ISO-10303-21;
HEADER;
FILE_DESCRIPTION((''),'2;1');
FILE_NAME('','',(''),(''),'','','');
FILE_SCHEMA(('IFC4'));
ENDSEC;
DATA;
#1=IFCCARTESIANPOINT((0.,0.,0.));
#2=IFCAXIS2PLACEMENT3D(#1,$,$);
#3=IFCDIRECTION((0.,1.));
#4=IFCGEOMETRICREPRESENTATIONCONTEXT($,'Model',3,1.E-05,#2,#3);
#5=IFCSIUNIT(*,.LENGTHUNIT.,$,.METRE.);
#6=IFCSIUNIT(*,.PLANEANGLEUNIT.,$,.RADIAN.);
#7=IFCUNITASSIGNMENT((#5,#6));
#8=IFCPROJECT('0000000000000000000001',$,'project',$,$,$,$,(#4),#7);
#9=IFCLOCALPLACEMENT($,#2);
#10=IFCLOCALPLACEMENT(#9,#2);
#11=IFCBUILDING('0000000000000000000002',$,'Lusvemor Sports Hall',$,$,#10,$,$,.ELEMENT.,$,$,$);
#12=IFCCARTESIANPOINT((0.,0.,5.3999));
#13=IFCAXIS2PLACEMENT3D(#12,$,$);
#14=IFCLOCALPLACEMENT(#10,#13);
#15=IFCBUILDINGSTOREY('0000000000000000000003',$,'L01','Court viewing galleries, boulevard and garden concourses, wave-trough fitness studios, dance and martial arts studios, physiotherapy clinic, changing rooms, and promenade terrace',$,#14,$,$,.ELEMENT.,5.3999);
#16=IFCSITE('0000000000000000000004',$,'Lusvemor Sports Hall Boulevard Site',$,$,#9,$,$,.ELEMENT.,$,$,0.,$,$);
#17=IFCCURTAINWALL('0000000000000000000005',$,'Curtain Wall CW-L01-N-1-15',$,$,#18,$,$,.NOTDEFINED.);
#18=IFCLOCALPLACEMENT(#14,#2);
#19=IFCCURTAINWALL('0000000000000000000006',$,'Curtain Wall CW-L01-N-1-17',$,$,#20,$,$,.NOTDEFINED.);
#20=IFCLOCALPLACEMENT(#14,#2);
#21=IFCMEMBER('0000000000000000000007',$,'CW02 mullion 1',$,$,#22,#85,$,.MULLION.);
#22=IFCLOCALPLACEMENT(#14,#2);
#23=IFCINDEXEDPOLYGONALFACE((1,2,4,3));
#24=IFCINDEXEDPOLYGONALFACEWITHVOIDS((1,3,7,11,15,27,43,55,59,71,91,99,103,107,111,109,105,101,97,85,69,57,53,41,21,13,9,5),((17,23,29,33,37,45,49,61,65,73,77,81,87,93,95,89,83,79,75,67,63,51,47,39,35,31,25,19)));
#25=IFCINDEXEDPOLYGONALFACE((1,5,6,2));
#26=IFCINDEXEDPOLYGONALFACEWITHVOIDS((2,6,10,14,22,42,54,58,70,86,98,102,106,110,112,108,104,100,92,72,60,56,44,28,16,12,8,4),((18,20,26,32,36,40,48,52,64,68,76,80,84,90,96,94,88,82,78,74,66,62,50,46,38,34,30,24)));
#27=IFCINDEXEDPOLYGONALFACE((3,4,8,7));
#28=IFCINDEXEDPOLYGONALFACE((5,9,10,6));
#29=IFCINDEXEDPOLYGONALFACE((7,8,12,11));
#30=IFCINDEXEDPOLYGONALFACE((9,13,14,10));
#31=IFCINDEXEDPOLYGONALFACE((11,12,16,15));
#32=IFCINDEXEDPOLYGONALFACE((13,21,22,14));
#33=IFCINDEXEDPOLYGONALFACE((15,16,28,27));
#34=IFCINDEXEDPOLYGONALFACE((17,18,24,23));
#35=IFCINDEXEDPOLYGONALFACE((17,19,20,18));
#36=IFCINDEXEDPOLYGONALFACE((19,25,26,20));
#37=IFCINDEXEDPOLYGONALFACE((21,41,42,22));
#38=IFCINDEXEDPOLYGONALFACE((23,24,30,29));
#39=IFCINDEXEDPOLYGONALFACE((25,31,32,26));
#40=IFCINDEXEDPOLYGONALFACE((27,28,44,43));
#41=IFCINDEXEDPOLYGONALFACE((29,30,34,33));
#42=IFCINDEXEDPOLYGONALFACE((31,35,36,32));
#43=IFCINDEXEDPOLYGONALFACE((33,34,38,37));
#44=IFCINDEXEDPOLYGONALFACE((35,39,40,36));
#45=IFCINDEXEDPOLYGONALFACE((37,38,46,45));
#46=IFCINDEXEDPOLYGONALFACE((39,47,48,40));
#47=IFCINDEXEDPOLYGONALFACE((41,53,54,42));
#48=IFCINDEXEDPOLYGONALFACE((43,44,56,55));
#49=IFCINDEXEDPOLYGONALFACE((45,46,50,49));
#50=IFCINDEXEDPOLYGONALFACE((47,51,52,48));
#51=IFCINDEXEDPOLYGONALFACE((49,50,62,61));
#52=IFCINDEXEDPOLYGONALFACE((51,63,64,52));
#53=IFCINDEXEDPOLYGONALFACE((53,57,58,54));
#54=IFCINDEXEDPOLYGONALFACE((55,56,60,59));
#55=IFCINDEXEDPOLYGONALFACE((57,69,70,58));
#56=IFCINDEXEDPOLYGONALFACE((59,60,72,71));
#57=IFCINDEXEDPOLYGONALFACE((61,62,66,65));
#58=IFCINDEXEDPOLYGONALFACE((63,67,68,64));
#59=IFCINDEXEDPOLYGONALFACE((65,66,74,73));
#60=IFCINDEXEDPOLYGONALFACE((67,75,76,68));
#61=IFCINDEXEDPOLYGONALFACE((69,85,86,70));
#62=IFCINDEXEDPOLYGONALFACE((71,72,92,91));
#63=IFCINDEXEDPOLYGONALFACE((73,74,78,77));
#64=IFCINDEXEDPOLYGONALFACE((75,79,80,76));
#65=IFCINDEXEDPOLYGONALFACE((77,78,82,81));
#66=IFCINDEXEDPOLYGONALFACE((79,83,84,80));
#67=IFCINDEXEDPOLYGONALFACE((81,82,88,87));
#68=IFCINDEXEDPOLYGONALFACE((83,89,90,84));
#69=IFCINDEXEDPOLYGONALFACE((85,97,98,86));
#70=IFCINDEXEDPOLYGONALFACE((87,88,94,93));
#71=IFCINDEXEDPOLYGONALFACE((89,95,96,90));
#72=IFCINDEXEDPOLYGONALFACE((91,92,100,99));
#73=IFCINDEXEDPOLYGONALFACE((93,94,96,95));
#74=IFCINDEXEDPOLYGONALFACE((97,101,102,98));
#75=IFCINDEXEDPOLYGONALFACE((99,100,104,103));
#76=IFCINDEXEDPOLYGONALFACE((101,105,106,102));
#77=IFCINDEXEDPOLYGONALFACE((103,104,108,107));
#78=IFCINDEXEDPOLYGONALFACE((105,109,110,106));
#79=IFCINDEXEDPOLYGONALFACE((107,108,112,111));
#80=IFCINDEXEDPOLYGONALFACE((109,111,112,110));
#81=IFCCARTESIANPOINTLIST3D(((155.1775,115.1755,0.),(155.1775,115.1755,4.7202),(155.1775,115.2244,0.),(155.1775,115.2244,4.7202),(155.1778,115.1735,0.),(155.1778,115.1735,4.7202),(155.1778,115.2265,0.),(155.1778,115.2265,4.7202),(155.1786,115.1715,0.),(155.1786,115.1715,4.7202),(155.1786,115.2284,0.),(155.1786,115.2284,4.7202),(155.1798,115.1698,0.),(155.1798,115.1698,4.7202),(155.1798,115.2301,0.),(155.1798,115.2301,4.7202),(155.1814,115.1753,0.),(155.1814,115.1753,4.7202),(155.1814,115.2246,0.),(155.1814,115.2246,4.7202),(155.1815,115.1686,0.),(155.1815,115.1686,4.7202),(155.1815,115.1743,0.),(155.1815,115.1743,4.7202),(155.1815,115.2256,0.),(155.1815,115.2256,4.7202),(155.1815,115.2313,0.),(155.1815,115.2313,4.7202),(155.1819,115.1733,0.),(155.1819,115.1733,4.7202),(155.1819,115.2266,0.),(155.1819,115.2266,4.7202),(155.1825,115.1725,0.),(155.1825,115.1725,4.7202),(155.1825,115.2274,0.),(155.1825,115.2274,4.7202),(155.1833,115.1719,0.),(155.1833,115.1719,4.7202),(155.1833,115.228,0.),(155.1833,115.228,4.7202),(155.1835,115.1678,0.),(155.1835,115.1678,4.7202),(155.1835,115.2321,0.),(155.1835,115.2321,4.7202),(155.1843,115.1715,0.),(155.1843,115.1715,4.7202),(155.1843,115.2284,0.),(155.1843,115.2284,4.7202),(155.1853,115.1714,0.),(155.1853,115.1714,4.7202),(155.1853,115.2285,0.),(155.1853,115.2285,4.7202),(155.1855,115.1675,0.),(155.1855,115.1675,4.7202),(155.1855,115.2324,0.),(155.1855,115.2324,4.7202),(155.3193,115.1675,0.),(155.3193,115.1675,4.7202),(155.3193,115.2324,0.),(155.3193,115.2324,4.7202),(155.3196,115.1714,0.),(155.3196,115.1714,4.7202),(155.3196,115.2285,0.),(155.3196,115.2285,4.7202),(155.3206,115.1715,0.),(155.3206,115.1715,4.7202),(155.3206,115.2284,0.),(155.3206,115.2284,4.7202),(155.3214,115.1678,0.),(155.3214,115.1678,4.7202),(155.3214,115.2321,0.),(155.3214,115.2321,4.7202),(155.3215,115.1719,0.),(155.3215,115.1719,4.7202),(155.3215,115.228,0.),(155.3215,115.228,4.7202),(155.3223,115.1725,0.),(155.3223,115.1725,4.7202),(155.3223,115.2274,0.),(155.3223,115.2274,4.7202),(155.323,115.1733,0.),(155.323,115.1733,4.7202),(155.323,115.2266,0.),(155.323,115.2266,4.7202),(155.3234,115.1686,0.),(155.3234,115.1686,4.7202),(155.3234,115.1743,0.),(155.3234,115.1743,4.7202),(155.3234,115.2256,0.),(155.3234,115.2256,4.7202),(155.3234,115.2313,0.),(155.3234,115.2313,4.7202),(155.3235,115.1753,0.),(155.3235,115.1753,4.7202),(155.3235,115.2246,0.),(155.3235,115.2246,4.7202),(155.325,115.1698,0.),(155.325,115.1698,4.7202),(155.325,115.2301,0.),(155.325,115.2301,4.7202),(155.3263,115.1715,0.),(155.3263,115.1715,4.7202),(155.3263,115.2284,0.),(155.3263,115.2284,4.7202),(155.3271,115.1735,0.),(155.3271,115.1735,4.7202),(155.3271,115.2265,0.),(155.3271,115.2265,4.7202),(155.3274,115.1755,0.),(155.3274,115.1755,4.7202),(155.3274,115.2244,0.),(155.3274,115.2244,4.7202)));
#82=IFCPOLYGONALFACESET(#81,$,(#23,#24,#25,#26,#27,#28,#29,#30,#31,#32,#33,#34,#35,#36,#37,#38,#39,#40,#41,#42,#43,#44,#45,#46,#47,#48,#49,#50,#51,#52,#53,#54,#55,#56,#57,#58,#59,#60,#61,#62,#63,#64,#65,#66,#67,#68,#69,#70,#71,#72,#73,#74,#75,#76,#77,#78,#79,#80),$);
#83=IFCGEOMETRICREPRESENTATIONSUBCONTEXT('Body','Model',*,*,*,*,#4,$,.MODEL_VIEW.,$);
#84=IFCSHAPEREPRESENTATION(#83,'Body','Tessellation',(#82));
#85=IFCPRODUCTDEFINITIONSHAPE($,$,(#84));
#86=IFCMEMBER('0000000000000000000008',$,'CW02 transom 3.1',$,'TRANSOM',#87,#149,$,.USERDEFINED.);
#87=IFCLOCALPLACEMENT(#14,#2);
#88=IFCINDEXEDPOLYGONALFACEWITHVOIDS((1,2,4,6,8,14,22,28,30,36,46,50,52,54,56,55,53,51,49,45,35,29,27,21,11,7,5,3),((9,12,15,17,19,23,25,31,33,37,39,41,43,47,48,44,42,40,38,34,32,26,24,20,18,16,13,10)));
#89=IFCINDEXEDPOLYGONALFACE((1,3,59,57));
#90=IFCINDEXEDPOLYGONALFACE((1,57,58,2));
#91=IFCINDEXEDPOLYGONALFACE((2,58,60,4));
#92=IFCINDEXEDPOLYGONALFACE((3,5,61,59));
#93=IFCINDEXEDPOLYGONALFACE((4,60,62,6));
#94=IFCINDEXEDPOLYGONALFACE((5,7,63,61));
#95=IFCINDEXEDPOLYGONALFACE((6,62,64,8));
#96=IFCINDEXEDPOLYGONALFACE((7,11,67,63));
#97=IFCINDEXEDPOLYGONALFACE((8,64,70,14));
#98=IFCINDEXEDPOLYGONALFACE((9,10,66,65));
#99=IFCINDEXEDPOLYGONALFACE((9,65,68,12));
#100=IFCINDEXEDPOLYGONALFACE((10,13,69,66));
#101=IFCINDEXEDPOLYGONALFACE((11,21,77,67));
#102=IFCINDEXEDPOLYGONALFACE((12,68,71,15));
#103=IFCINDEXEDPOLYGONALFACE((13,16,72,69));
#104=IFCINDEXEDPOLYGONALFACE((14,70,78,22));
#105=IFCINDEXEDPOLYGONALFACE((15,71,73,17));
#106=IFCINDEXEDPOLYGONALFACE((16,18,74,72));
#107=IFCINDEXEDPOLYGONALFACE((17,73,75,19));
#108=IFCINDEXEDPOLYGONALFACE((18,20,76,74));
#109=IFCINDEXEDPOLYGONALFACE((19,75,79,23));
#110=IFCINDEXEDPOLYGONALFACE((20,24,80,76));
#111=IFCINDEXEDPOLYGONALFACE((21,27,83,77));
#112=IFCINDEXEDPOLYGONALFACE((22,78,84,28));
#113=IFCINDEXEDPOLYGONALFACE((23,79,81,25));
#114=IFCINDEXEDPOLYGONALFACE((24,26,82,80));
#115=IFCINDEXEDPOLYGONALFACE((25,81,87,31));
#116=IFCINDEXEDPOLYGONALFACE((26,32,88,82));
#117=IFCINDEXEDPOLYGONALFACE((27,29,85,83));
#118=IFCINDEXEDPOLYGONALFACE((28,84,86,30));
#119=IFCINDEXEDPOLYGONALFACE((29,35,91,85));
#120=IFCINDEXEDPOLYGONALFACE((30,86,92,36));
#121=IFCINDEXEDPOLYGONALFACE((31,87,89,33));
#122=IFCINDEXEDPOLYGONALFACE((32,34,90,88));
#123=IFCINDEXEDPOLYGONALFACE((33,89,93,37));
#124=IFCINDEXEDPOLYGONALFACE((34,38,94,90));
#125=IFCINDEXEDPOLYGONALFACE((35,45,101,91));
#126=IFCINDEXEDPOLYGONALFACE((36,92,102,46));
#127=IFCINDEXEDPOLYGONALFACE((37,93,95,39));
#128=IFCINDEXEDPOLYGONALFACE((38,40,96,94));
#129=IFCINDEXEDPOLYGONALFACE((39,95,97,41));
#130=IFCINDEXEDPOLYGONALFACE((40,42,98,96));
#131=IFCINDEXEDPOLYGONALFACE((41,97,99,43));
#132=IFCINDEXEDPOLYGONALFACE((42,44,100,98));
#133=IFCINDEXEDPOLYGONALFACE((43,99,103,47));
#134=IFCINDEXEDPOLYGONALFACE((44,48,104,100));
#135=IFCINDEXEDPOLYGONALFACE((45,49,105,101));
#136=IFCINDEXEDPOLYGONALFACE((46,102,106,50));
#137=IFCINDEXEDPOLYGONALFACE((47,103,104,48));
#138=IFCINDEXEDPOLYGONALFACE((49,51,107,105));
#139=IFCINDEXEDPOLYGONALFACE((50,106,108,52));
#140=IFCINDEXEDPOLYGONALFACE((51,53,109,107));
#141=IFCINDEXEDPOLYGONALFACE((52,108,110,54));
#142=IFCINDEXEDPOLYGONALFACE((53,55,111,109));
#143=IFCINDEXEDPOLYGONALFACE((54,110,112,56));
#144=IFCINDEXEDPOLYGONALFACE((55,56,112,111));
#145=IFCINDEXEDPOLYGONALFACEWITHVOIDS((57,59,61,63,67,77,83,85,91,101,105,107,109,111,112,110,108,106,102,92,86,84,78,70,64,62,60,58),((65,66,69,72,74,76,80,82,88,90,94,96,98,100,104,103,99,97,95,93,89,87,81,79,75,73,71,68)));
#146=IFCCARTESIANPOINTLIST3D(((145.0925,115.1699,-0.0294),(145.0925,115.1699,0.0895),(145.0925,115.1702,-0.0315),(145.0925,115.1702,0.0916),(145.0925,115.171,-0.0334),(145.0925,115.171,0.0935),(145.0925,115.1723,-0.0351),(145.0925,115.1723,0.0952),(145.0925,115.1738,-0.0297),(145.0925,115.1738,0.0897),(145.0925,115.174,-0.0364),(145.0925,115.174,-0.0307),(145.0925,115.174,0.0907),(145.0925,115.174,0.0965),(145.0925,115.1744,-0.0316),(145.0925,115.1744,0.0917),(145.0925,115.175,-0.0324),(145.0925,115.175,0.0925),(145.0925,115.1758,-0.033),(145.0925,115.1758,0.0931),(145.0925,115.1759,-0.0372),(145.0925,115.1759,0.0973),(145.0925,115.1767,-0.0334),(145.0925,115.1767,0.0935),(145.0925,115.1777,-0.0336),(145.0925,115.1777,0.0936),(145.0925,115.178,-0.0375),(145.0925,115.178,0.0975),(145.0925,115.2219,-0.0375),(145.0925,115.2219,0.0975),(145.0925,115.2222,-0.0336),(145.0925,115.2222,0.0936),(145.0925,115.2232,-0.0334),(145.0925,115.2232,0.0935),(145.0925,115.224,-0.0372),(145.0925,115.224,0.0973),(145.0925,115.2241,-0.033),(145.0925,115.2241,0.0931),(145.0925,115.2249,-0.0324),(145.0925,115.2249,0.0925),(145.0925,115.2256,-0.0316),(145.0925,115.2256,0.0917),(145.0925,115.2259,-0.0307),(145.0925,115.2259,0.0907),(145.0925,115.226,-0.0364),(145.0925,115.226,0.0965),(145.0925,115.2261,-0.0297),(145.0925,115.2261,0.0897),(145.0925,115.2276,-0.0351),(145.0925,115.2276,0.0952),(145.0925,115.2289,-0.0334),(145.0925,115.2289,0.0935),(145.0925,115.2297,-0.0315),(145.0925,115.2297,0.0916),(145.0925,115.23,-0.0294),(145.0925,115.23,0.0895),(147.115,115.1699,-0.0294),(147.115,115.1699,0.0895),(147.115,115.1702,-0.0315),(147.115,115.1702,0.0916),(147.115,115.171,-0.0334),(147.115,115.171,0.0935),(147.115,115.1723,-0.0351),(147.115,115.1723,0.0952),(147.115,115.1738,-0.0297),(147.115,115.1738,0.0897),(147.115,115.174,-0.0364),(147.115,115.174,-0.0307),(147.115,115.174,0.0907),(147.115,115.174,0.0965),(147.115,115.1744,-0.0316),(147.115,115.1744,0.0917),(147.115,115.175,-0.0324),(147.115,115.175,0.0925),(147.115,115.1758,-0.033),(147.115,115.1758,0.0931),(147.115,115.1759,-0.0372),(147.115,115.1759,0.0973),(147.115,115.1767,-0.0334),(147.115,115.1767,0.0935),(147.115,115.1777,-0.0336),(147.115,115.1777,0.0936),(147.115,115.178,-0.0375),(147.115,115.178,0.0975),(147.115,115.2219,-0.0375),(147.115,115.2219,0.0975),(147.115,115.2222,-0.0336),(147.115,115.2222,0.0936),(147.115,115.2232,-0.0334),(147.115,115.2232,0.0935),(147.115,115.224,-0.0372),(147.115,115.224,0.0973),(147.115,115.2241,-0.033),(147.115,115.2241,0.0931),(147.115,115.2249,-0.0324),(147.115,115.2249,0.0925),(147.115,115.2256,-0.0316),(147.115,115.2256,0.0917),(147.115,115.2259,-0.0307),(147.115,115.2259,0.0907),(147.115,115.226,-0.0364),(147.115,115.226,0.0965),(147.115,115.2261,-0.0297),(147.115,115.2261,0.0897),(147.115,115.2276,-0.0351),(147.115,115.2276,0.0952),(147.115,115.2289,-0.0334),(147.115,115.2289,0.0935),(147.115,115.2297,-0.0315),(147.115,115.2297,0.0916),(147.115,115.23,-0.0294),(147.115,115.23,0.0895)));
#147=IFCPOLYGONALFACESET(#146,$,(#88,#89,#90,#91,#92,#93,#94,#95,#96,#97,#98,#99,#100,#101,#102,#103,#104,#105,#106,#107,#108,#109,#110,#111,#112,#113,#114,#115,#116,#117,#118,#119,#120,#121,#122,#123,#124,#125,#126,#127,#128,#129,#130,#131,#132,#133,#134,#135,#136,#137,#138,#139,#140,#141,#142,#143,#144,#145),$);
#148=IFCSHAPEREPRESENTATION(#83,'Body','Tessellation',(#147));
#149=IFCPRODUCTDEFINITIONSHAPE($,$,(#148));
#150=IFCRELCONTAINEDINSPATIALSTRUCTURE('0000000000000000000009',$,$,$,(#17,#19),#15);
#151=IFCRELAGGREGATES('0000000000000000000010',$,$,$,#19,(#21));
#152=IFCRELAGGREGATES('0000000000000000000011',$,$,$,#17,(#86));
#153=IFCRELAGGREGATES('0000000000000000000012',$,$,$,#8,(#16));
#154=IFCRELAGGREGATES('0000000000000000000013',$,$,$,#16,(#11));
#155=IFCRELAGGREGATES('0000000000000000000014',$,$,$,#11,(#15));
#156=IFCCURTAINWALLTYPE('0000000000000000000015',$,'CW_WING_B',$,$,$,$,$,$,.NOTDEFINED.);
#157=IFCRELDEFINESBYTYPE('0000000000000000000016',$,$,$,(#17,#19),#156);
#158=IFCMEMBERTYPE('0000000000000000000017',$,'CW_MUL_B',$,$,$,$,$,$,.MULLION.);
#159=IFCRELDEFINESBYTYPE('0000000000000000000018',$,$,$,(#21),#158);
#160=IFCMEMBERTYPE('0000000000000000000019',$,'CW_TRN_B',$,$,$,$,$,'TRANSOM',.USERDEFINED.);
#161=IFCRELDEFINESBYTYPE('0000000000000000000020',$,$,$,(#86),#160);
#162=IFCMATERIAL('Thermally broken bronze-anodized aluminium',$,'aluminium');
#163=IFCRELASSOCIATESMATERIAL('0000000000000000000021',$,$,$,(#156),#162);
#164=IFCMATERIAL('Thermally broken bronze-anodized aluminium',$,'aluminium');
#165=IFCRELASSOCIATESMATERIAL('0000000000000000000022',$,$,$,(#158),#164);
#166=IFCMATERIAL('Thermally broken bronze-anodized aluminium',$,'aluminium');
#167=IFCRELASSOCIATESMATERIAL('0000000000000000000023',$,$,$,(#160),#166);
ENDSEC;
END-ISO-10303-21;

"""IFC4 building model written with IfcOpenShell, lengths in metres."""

from ifc_helpers import new_model, si_unit, direction, frame, origin, origin_2d, place, context, subcontext, project, spatial, hollow_rectangle, extrude, material, material_profile, profile_set, type_object, element, aggregate, save


model = new_model("IFC4")

# Units and contexts
model_context = context("Model", 3, precision=1e-05, world=origin(), true_north=direction((0.0, 1.0)))
body_context = subcontext(model_context, "Body", "Model", "MODEL_VIEW")
ifc_project = project(units=[si_unit("LENGTHUNIT", "METRE"), si_unit("PLANEANGLEUNIT", "RADIAN")], contexts=[model_context])

# Site, building, storey
site_placement = place(None, origin())
site = spatial("IfcSite", under=ifc_project, at=site_placement, Name="Lusvemor Sports Hall Boulevard Site", CompositionType="ELEMENT", RefElevation=0.0)
building_placement = place(site_placement, origin())
building = spatial("IfcBuilding", under=site, at=building_placement, Name="Lusvemor Sports Hall", CompositionType="ELEMENT")
storey_placement = place(building_placement, frame((0.0, 0.0, 5.3999)))
storey = spatial("IfcBuildingStorey", under=building, at=storey_placement, Name="L01", Description="Court viewing galleries, boulevard and garden concourses, wave-trough fitness studios, dance and martial arts studios, physiotherapy clinic, changing rooms, and promenade terrace", CompositionType="ELEMENT", Elevation=5.3999)

# Curtain wall
ifc_material_1 = material(Name="Thermally broken bronze-anodized aluminium", Category="aluminium")
curtain_wall_type = type_object("IfcCurtainWallType", Name="CW_WING_B", PredefinedType="NOTDEFINED", material=ifc_material_1)
curtain_wall_1_placement = place(storey_placement, origin())
curtain_wall_1 = element("IfcCurtainWall", 1, at=curtain_wall_1_placement, inside=storey, type_object=curtain_wall_type, Name="Curtain Wall CW-L01-N-1-15", PredefinedType="NOTDEFINED")
ifc_material_2 = material(Name="Thermally broken bronze-anodized aluminium", Category="aluminium")
ifc_material_profile_1 = material_profile(ifc_material_2, hollow_rectangle(XDim=0.0649, YDim=0.1499, WallThickness=0.0039, InnerFilletRadius=0.0039, OuterFilletRadius=0.0081, at=origin_2d()), Name="CWMUL150x65x4")
ifc_profile_set_1 = profile_set([ifc_material_profile_1], Name="Thermally broken bronze-anodized aluminium")
member_type_1 = type_object("IfcMemberType", Name="CW_MUL_B", PredefinedType="MULLION", material=ifc_profile_set_1)

# Curtain wall, member
curtain_wall_2_placement = place(storey_placement, origin())
curtain_wall_2 = element("IfcCurtainWall", 2, at=curtain_wall_2_placement, inside=storey, type_object=curtain_wall_type, Name="Curtain Wall CW-L01-N-1-17", PredefinedType="NOTDEFINED")
member_1_placement = place(storey_placement, frame((155.2524, 115.2, 0.0), z_axis=(0.0, 0.0, 1.0), x_axis=(0.0, 1.0, 0.0)))
member_1 = element("IfcMember", 3, at=member_1_placement, type_object=member_type_1, Name="CW02 mullion 1", PredefinedType="MULLION", context=body_context, shape_type="SweptSolid", body=[
    extrude(hollow_rectangle(XDim=0.0649, YDim=0.1499, WallThickness=0.0039, InnerFilletRadius=0.0039, OuterFilletRadius=0.0081, at=origin_2d()), origin(), (0.0, 0.0, 1.0), 4.7202),
])

# Member
ifc_material_3 = material(Name="Thermally broken bronze-anodized aluminium", Category="aluminium")
ifc_material_profile_2 = material_profile(ifc_material_3, hollow_rectangle(XDim=0.0601, YDim=0.135, WallThickness=0.0039, InnerFilletRadius=0.0039, OuterFilletRadius=0.0081, at=origin_2d()), Name="CWTRN135x60x4")
ifc_profile_set_2 = profile_set([ifc_material_profile_2], Name="Thermally broken bronze-anodized aluminium")
member_type_2 = type_object("IfcMemberType", Name="CW_TRN_B", ElementType="TRANSOM", PredefinedType="USERDEFINED", material=ifc_profile_set_2)
member_2_placement = place(storey_placement, frame((145.0925, 115.2, 0.03), z_axis=(1.0, 0.0, 0.0), x_axis=(0.0, 1.0, 0.0)))
member_2 = element("IfcMember", 4, at=member_2_placement, type_object=member_type_2, Name="CW02 transom 3.1", ObjectType="TRANSOM", PredefinedType="USERDEFINED", context=body_context, shape_type="SweptSolid", body=[
    extrude(hollow_rectangle(XDim=0.0601, YDim=0.135, WallThickness=0.0039, InnerFilletRadius=0.0039, OuterFilletRadius=0.0081, at=origin_2d()), origin(), (0.0, 0.0, 1.0), 2.0225),
])
aggregate(curtain_wall_2, [member_1])

aggregate(curtain_wall_1, [member_2])

save(model, "model.ifc")
